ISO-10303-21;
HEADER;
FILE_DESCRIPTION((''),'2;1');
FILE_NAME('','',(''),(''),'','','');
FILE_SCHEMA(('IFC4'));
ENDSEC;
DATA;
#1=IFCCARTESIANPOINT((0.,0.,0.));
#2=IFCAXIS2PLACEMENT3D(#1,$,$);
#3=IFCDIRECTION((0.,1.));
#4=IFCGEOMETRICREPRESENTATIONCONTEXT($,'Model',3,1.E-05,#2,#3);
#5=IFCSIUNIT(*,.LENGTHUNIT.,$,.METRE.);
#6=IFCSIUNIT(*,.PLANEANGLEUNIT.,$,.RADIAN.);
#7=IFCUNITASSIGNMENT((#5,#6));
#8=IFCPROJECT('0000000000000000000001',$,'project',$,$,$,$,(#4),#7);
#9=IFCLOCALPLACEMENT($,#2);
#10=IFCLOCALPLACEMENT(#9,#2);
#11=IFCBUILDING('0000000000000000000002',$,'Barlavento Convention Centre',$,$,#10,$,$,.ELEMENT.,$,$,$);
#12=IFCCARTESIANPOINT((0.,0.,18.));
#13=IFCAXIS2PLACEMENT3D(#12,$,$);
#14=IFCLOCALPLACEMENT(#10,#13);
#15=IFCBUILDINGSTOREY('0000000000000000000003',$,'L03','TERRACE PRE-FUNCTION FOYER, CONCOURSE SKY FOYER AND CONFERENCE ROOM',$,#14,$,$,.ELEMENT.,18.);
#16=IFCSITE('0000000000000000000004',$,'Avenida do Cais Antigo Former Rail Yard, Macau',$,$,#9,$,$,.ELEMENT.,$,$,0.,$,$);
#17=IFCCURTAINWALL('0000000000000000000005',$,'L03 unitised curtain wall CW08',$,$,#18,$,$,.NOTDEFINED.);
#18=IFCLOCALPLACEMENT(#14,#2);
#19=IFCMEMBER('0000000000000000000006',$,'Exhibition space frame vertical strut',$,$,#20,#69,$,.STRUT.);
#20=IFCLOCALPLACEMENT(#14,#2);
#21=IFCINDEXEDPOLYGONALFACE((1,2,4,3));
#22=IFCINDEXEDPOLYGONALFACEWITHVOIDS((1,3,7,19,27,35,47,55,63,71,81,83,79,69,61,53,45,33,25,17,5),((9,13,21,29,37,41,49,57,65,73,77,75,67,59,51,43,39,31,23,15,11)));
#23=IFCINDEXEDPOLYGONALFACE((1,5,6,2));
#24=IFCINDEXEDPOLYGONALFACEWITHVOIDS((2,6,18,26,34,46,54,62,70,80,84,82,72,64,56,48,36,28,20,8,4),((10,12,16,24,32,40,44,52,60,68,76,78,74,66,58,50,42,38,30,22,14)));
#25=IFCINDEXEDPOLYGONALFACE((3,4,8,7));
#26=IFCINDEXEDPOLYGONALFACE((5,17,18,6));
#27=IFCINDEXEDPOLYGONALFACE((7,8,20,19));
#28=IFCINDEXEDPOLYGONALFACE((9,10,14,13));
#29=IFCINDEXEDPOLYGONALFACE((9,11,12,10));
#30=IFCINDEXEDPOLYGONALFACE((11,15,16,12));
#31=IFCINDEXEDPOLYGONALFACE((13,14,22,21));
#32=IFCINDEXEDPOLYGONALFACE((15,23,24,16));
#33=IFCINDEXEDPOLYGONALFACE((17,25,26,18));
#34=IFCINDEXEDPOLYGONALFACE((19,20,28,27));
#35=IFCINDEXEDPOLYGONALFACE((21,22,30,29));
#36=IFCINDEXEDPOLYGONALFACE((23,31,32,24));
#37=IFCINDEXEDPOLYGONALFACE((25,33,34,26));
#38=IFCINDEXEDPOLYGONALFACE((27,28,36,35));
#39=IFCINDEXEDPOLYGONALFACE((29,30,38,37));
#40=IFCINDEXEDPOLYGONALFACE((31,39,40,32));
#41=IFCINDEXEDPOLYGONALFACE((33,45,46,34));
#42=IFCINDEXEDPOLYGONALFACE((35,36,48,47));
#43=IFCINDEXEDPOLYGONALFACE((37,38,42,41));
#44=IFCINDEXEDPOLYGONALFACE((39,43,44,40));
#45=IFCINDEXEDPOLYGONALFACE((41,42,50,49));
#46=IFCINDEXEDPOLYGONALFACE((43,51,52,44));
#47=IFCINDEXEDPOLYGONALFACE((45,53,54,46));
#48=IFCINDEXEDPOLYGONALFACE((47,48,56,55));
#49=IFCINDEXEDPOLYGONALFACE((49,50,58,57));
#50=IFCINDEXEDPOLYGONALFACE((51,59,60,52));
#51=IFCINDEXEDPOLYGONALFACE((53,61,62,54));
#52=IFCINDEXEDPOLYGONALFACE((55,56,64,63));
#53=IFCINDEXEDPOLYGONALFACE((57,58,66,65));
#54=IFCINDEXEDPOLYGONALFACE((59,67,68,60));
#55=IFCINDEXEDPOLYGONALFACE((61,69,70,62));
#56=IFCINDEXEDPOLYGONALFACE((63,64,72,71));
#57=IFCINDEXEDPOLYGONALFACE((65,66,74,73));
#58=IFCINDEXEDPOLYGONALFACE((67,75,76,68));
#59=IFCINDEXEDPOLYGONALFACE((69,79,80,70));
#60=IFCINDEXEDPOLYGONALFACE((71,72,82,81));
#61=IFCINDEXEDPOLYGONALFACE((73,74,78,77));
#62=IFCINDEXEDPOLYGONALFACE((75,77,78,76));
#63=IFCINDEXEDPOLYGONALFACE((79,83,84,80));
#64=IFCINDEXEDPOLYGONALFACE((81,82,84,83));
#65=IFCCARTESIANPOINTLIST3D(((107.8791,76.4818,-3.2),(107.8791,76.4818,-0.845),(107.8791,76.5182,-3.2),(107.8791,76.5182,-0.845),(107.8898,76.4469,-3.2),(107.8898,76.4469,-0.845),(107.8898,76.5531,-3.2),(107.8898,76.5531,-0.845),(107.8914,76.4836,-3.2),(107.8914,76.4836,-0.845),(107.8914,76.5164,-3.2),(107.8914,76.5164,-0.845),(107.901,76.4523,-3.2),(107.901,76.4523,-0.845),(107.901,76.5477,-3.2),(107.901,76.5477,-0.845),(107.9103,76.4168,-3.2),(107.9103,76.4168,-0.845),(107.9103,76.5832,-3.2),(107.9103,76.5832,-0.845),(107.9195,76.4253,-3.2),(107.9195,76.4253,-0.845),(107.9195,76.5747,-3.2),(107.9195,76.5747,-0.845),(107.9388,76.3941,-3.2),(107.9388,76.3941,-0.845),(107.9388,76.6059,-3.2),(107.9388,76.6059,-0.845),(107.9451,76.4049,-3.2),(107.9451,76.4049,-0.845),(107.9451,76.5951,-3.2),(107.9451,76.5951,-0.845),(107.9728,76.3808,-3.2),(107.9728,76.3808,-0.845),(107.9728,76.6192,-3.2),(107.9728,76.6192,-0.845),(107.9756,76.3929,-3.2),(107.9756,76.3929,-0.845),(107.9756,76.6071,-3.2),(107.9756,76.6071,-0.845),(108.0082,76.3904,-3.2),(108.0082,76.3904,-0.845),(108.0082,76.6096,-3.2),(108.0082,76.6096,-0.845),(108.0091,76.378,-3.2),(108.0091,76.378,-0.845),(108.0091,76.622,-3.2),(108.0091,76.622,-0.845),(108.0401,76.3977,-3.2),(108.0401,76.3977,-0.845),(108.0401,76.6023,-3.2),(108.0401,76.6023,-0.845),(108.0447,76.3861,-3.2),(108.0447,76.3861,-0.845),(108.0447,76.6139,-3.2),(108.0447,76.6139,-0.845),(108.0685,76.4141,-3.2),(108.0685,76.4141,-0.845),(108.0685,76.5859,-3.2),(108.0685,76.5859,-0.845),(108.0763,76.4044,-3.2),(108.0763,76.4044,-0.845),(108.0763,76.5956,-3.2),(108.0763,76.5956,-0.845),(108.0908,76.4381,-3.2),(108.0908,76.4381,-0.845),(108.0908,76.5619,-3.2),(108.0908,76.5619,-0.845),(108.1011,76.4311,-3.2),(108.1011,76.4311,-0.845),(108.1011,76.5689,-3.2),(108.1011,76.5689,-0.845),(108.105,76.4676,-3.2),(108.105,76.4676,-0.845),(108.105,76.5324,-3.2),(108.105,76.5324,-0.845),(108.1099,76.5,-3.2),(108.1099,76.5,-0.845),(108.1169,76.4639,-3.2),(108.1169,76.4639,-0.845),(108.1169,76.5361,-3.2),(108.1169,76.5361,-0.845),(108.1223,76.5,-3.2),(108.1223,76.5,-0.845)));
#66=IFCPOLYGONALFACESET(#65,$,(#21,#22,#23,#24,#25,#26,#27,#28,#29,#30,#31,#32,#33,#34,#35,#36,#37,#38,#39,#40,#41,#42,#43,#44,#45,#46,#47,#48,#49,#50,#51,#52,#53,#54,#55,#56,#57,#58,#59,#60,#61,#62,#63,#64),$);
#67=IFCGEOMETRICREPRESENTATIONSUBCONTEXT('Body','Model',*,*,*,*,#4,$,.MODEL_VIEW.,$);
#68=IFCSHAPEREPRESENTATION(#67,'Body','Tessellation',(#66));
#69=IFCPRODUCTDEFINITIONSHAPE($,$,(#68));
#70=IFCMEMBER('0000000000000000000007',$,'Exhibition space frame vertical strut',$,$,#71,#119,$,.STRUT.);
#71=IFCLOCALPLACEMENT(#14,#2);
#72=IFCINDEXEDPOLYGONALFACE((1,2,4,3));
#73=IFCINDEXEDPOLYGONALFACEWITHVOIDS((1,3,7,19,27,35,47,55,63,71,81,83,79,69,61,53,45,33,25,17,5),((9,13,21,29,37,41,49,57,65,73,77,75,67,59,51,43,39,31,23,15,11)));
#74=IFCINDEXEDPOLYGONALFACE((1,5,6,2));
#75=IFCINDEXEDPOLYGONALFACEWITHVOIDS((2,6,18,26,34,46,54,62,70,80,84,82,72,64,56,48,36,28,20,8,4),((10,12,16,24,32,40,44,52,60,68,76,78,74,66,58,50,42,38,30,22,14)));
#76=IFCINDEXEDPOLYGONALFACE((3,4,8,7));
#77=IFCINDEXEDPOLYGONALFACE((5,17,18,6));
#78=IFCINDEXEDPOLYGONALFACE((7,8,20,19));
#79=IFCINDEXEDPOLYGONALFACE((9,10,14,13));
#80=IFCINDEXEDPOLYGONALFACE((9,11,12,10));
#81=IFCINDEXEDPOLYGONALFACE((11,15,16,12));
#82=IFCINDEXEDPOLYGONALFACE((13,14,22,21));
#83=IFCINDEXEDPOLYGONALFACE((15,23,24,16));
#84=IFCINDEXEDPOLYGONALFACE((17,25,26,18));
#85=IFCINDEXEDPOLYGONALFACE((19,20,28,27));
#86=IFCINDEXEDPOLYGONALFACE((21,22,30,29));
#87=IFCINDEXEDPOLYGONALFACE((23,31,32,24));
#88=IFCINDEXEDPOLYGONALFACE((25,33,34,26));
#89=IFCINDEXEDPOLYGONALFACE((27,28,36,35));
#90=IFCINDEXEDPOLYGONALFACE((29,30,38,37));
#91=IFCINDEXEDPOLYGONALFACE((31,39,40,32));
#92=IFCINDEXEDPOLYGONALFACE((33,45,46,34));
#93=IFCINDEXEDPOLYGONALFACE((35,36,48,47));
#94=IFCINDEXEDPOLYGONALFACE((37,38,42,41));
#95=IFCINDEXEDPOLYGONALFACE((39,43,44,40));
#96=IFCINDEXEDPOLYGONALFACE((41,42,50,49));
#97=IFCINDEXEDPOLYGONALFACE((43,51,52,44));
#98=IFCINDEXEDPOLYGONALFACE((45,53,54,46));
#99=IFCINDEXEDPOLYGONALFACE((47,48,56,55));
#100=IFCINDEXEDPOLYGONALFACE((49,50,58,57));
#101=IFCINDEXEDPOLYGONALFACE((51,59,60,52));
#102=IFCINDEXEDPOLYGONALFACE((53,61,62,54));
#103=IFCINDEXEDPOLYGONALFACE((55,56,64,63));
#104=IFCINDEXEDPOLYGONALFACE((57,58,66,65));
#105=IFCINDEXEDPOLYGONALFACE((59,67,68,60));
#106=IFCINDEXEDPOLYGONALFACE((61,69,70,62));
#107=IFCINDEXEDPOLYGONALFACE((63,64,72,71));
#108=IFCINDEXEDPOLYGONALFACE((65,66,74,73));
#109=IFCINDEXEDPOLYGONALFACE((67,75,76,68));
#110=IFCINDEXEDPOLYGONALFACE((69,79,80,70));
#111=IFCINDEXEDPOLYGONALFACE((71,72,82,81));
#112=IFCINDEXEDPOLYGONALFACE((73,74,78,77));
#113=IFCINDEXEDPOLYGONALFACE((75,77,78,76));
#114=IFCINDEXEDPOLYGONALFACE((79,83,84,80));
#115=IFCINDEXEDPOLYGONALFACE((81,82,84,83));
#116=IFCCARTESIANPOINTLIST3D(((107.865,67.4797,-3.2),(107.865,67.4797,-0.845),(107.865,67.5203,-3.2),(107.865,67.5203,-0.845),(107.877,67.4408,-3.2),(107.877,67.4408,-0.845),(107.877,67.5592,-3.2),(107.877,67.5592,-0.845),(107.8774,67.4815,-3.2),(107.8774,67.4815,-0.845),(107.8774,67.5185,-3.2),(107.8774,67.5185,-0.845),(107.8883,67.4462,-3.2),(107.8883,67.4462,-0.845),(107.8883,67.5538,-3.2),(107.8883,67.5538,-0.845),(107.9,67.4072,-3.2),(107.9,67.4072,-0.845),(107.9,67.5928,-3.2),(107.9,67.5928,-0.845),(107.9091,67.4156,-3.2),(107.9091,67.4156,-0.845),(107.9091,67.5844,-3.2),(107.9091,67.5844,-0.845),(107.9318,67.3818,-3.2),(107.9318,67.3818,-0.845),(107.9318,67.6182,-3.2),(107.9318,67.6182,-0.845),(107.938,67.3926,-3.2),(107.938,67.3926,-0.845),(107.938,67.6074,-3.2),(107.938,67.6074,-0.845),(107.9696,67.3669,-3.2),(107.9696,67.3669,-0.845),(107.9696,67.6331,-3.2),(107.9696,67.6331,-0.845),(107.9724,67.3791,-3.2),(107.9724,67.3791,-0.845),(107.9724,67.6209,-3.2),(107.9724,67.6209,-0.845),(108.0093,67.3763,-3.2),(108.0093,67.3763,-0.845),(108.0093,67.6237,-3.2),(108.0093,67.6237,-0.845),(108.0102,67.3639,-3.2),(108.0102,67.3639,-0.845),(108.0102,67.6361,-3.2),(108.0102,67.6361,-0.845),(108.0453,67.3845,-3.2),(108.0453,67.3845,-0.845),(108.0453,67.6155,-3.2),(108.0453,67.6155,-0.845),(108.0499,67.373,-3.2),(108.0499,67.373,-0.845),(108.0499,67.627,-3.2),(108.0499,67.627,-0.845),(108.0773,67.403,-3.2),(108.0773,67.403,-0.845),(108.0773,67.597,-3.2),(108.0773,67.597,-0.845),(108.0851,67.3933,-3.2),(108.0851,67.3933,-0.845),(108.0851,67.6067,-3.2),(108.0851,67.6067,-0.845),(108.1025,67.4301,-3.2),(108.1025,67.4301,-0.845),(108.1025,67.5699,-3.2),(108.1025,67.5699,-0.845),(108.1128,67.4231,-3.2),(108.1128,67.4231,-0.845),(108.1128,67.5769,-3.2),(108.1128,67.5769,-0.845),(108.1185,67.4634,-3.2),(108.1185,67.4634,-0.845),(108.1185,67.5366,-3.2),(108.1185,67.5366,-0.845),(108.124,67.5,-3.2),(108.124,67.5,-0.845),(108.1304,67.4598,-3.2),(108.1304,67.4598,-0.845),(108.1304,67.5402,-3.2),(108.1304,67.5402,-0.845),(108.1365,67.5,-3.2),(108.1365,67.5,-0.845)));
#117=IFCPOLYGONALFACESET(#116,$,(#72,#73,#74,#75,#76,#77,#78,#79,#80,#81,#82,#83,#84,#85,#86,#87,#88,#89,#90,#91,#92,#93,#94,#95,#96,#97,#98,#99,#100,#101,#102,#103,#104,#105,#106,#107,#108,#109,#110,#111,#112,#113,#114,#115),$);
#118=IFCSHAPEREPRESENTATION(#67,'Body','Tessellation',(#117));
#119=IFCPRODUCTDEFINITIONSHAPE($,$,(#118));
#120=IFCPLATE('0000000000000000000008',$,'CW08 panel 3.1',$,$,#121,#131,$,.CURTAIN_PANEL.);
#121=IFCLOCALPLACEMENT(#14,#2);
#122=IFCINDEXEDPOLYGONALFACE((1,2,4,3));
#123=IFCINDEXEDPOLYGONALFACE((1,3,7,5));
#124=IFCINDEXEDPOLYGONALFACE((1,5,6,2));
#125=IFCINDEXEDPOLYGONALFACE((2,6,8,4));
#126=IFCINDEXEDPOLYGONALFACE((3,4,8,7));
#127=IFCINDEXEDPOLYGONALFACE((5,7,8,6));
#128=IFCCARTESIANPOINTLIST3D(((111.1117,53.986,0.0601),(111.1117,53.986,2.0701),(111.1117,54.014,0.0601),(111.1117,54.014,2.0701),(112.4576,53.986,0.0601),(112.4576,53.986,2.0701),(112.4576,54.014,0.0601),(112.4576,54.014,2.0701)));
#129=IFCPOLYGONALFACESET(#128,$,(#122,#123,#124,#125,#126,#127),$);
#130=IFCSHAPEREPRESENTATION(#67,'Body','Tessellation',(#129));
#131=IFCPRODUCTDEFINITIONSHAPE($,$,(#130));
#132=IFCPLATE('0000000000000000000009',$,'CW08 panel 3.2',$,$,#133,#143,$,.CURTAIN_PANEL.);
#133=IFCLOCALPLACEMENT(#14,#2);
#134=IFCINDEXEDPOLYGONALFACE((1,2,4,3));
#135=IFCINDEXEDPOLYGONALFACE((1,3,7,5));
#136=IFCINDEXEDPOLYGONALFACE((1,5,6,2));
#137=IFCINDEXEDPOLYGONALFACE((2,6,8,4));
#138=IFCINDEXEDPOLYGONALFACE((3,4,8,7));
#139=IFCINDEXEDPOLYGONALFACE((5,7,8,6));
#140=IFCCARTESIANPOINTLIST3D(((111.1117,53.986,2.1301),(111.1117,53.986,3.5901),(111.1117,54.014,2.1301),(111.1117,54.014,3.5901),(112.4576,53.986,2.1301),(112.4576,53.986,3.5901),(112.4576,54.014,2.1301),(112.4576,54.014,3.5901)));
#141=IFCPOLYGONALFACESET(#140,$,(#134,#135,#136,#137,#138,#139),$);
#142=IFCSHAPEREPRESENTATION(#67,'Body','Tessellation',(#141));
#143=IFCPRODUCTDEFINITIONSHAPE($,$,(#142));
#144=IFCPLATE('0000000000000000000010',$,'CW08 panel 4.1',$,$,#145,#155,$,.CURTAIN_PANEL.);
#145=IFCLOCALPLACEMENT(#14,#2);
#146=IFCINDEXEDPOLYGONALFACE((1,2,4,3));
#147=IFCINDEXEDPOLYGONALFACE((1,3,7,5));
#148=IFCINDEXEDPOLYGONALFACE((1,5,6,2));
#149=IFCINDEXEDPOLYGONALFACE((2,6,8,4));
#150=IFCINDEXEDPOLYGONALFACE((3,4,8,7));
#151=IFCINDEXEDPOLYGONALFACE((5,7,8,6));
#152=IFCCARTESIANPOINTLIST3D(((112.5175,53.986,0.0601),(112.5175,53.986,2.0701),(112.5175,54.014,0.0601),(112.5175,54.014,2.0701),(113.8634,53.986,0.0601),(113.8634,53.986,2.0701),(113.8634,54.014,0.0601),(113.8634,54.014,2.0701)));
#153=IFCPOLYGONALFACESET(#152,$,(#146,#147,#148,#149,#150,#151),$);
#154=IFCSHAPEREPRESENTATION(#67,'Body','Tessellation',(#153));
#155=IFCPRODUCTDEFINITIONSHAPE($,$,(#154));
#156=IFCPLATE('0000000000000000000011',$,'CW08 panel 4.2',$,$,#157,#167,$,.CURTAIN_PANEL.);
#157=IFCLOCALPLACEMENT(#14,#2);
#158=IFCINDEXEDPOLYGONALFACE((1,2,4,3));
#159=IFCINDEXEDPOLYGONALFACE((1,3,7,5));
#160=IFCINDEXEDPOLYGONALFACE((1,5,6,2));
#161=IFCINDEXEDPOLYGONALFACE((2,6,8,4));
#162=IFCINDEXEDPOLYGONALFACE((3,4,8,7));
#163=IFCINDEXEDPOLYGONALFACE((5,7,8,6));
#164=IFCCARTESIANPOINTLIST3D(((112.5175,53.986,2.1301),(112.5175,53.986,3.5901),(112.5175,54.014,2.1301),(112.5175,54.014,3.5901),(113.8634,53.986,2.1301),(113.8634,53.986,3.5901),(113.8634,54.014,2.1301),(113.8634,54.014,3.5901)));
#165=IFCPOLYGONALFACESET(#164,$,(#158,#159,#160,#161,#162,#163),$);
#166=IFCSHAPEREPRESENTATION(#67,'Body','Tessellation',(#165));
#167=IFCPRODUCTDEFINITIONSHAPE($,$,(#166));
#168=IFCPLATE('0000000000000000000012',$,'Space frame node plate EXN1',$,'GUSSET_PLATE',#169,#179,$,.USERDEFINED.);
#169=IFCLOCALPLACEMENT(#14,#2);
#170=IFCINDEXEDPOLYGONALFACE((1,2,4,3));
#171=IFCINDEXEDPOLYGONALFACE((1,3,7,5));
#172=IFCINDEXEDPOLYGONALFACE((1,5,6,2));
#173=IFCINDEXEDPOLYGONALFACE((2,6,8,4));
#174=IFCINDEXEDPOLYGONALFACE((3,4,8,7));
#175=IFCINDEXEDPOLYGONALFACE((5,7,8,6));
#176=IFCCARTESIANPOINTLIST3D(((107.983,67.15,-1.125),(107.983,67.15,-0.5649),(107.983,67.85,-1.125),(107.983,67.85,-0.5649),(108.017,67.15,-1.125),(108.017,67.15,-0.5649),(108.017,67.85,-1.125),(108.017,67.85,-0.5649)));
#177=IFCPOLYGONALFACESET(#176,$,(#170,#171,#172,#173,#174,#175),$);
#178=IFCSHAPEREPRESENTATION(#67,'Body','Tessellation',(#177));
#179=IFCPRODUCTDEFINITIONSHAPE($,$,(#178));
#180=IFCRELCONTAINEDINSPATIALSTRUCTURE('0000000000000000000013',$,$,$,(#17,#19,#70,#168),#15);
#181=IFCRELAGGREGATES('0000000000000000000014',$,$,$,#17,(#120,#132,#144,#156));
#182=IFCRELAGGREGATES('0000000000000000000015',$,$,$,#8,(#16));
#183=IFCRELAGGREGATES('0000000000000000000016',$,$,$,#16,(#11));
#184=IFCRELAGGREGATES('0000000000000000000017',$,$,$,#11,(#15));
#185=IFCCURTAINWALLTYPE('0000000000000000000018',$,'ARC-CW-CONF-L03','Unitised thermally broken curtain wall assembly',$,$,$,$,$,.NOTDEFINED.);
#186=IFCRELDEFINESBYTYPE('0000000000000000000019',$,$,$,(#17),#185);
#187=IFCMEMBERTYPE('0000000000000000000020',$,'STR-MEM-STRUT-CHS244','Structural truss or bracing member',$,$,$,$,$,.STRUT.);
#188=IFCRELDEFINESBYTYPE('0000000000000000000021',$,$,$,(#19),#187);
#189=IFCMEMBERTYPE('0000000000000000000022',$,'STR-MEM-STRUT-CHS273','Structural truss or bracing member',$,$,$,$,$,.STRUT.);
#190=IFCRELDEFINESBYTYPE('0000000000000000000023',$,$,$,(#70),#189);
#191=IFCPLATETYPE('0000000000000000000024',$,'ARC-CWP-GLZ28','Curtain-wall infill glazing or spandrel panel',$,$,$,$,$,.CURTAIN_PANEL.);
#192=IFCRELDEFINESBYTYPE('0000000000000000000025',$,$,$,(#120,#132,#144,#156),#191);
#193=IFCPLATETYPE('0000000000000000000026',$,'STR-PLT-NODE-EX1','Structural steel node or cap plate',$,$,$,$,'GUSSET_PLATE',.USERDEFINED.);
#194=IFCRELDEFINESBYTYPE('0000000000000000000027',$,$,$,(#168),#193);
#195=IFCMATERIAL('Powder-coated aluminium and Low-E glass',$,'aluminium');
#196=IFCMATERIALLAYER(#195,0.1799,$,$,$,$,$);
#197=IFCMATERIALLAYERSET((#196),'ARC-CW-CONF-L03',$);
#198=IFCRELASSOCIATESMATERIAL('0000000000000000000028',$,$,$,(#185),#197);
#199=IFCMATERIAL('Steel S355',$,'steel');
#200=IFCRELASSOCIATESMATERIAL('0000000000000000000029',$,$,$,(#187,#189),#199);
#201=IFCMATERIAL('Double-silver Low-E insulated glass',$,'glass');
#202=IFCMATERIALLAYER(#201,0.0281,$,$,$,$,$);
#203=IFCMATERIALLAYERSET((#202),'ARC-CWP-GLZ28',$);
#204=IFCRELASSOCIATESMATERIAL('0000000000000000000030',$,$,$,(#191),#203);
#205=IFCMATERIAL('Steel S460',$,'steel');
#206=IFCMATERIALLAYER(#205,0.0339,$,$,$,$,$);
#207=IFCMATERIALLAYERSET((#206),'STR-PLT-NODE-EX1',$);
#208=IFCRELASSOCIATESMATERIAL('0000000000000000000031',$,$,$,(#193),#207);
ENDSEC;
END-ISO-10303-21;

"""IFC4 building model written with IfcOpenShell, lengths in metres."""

from ifc_helpers import new_model, si_unit, direction, frame, origin, origin_2d, place, context, subcontext, project, spatial, rectangle, hollow_circle, extrude, material, layer, layer_set, material_profile, profile_set, type_object, element, aggregate, save


model = new_model("IFC4")

# Units and contexts
model_context = context("Model", 3, precision=1e-05, world=origin(), true_north=direction((0.0, 1.0)))
body_context = subcontext(model_context, "Body", "Model", "MODEL_VIEW")
ifc_project = project(units=[si_unit("LENGTHUNIT", "METRE"), si_unit("PLANEANGLEUNIT", "RADIAN")], contexts=[model_context])

# Site, building, storey
site_placement = place(None, origin())
site = spatial("IfcSite", under=ifc_project, at=site_placement, Name="Avenida do Cais Antigo Former Rail Yard, Macau", CompositionType="ELEMENT", RefElevation=0.0)
building_placement = place(site_placement, origin())
building = spatial("IfcBuilding", under=site, at=building_placement, Name="Barlavento Convention Centre", CompositionType="ELEMENT")
storey_placement = place(building_placement, frame((0.0, 0.0, 18.0)))
storey = spatial("IfcBuildingStorey", under=building, at=storey_placement, Name="L03", Description="TERRACE PRE-FUNCTION FOYER, CONCOURSE SKY FOYER AND CONFERENCE ROOM", CompositionType="ELEMENT", Elevation=18.0)

# Curtain wall
ifc_material_1 = material(Name="Powder-coated aluminium and Low-E glass", Category="aluminium")
ifc_layer_1 = layer(ifc_material_1, 0.1799)
ifc_layer_set_1 = layer_set([ifc_layer_1], Name="ARC-CW-CONF-L03")
curtain_wall_type = type_object("IfcCurtainWallType", Name="ARC-CW-CONF-L03", Description="Unitised thermally broken curtain wall assembly", PredefinedType="NOTDEFINED", material=ifc_layer_set_1)
curtain_wall_placement = place(storey_placement, origin())
curtain_wall = element("IfcCurtainWall", 1, at=curtain_wall_placement, inside=storey, type_object=curtain_wall_type, Name="L03 unitised curtain wall CW08", PredefinedType="NOTDEFINED")

# Shared definitions
ifc_material_2 = material(Name="Steel S460", Category="steel")
ifc_material_3 = material(Name="Steel S355", Category="steel")

# Members
ifc_material_profile_1 = material_profile(ifc_material_3, hollow_circle(Radius=0.1223, WallThickness=0.0125, at=origin_2d()), Name="CHS 244.5x12.5")
ifc_profile_set_1 = profile_set([ifc_material_profile_1], Name="Steel S355")
member_type_1 = type_object("IfcMemberType", Name="STR-MEM-STRUT-CHS244", Description="Structural truss or bracing member", PredefinedType="STRUT", material=ifc_profile_set_1)
member_1_placement = place(storey_placement, frame((108.0, 76.5, -3.2), z_axis=(0.0, 0.0, 1.0), x_axis=(1.0, 0.0, 0.0)))
element("IfcMember", 2, at=member_1_placement, inside=storey, type_object=member_type_1, Name="Exhibition space frame vertical strut", PredefinedType="STRUT", context=body_context, shape_type="SweptSolid", body=[
    extrude(hollow_circle(Radius=0.1223, WallThickness=0.0125, at=origin_2d()), origin(), (0.0, 0.0, 1.0), 2.355),
])
ifc_material_profile_2 = material_profile(ifc_material_3, hollow_circle(Radius=0.1365, WallThickness=0.0125, at=origin_2d()), Name="CHS 273.0x12.5")
ifc_profile_set_2 = profile_set([ifc_material_profile_2], Name="Steel S355")
member_type_2 = type_object("IfcMemberType", Name="STR-MEM-STRUT-CHS273", Description="Structural truss or bracing member", PredefinedType="STRUT", material=ifc_profile_set_2)
member_2_placement = place(storey_placement, frame((108.0, 67.5, -3.2), z_axis=(0.0, 0.0, 1.0), x_axis=(1.0, 0.0, 0.0)))
element("IfcMember", 3, at=member_2_placement, inside=storey, type_object=member_type_2, Name="Exhibition space frame vertical strut", PredefinedType="STRUT", context=body_context, shape_type="SweptSolid", body=[
    extrude(hollow_circle(Radius=0.1365, WallThickness=0.0125, at=origin_2d()), origin(), (0.0, 0.0, 1.0), 2.355),
])

# Plates
ifc_material_4 = material(Name="Double-silver Low-E insulated glass", Category="glass")
ifc_layer_2 = layer(ifc_material_4, 0.0281)
ifc_layer_set_2 = layer_set([ifc_layer_2], Name="ARC-CWP-GLZ28")
plate_type_1 = type_object("IfcPlateType", Name="ARC-CWP-GLZ28", Description="Curtain-wall infill glazing or spandrel panel", PredefinedType="CURTAIN_PANEL", material=ifc_layer_set_2)
plate_1_placement = place(storey_placement, frame((111.7847, 54.0, 0.0601), z_axis=(0.0, 0.0, 1.0), x_axis=(1.0, 0.0, 0.0)))
plate_1 = element("IfcPlate", 4, at=plate_1_placement, type_object=plate_type_1, Name="CW08 panel 3.1", PredefinedType="CURTAIN_PANEL", context=body_context, shape_type="SweptSolid", body=[
    extrude(rectangle(XDim=1.3459, YDim=0.0281, at=origin_2d()), origin(), (0.0, 0.0, 1.0), 2.01),
])
plate_2_placement = place(storey_placement, frame((111.7847, 54.0, 2.1301), z_axis=(0.0, 0.0, 1.0), x_axis=(1.0, 0.0, 0.0)))
plate_2 = element("IfcPlate", 5, at=plate_2_placement, type_object=plate_type_1, Name="CW08 panel 3.2", PredefinedType="CURTAIN_PANEL", context=body_context, shape_type="SweptSolid", body=[
    extrude(rectangle(XDim=1.3459, YDim=0.0281, at=origin_2d()), origin(), (0.0, 0.0, 1.0), 1.46),
])
plate_3_placement = place(storey_placement, frame((113.1904, 54.0, 0.0601), z_axis=(0.0, 0.0, 1.0), x_axis=(1.0, 0.0, 0.0)))
plate_3 = element("IfcPlate", 6, at=plate_3_placement, type_object=plate_type_1, Name="CW08 panel 4.1", PredefinedType="CURTAIN_PANEL", context=body_context, shape_type="SweptSolid", body=[
    extrude(rectangle(XDim=1.3459, YDim=0.0281, at=origin_2d()), origin(), (0.0, 0.0, 1.0), 2.01),
])
plate_4_placement = place(storey_placement, frame((113.1904, 54.0, 2.1301), z_axis=(0.0, 0.0, 1.0), x_axis=(1.0, 0.0, 0.0)))
plate_4 = element("IfcPlate", 7, at=plate_4_placement, type_object=plate_type_1, Name="CW08 panel 4.2", PredefinedType="CURTAIN_PANEL", context=body_context, shape_type="SweptSolid", body=[
    extrude(rectangle(XDim=1.3459, YDim=0.0281, at=origin_2d()), origin(), (0.0, 0.0, 1.0), 1.46),
])
aggregate(curtain_wall, [plate_1, plate_2, plate_3, plate_4])
ifc_layer_3 = layer(ifc_material_2, 0.0339)
ifc_layer_set_3 = layer_set([ifc_layer_3], Name="STR-PLT-NODE-EX1")
plate_type_2 = type_object("IfcPlateType", Name="STR-PLT-NODE-EX1", Description="Structural steel node or cap plate", ElementType="GUSSET_PLATE", PredefinedType="USERDEFINED", material=ifc_layer_set_3)
plate_5_placement = place(storey_placement, frame((108.0, 67.5, -1.125), z_axis=(0.0, 0.0, 1.0), x_axis=(1.0, 0.0, 0.0)))
element("IfcPlate", 8, at=plate_5_placement, inside=storey, type_object=plate_type_2, Name="Space frame node plate EXN1", ObjectType="GUSSET_PLATE", PredefinedType="USERDEFINED", context=body_context, shape_type="SweptSolid", body=[
    extrude(rectangle(XDim=0.0339, YDim=0.7, at=origin_2d()), origin(), (0.0, 0.0, 1.0), 0.5601),
])

save(model, "model.ifc")
